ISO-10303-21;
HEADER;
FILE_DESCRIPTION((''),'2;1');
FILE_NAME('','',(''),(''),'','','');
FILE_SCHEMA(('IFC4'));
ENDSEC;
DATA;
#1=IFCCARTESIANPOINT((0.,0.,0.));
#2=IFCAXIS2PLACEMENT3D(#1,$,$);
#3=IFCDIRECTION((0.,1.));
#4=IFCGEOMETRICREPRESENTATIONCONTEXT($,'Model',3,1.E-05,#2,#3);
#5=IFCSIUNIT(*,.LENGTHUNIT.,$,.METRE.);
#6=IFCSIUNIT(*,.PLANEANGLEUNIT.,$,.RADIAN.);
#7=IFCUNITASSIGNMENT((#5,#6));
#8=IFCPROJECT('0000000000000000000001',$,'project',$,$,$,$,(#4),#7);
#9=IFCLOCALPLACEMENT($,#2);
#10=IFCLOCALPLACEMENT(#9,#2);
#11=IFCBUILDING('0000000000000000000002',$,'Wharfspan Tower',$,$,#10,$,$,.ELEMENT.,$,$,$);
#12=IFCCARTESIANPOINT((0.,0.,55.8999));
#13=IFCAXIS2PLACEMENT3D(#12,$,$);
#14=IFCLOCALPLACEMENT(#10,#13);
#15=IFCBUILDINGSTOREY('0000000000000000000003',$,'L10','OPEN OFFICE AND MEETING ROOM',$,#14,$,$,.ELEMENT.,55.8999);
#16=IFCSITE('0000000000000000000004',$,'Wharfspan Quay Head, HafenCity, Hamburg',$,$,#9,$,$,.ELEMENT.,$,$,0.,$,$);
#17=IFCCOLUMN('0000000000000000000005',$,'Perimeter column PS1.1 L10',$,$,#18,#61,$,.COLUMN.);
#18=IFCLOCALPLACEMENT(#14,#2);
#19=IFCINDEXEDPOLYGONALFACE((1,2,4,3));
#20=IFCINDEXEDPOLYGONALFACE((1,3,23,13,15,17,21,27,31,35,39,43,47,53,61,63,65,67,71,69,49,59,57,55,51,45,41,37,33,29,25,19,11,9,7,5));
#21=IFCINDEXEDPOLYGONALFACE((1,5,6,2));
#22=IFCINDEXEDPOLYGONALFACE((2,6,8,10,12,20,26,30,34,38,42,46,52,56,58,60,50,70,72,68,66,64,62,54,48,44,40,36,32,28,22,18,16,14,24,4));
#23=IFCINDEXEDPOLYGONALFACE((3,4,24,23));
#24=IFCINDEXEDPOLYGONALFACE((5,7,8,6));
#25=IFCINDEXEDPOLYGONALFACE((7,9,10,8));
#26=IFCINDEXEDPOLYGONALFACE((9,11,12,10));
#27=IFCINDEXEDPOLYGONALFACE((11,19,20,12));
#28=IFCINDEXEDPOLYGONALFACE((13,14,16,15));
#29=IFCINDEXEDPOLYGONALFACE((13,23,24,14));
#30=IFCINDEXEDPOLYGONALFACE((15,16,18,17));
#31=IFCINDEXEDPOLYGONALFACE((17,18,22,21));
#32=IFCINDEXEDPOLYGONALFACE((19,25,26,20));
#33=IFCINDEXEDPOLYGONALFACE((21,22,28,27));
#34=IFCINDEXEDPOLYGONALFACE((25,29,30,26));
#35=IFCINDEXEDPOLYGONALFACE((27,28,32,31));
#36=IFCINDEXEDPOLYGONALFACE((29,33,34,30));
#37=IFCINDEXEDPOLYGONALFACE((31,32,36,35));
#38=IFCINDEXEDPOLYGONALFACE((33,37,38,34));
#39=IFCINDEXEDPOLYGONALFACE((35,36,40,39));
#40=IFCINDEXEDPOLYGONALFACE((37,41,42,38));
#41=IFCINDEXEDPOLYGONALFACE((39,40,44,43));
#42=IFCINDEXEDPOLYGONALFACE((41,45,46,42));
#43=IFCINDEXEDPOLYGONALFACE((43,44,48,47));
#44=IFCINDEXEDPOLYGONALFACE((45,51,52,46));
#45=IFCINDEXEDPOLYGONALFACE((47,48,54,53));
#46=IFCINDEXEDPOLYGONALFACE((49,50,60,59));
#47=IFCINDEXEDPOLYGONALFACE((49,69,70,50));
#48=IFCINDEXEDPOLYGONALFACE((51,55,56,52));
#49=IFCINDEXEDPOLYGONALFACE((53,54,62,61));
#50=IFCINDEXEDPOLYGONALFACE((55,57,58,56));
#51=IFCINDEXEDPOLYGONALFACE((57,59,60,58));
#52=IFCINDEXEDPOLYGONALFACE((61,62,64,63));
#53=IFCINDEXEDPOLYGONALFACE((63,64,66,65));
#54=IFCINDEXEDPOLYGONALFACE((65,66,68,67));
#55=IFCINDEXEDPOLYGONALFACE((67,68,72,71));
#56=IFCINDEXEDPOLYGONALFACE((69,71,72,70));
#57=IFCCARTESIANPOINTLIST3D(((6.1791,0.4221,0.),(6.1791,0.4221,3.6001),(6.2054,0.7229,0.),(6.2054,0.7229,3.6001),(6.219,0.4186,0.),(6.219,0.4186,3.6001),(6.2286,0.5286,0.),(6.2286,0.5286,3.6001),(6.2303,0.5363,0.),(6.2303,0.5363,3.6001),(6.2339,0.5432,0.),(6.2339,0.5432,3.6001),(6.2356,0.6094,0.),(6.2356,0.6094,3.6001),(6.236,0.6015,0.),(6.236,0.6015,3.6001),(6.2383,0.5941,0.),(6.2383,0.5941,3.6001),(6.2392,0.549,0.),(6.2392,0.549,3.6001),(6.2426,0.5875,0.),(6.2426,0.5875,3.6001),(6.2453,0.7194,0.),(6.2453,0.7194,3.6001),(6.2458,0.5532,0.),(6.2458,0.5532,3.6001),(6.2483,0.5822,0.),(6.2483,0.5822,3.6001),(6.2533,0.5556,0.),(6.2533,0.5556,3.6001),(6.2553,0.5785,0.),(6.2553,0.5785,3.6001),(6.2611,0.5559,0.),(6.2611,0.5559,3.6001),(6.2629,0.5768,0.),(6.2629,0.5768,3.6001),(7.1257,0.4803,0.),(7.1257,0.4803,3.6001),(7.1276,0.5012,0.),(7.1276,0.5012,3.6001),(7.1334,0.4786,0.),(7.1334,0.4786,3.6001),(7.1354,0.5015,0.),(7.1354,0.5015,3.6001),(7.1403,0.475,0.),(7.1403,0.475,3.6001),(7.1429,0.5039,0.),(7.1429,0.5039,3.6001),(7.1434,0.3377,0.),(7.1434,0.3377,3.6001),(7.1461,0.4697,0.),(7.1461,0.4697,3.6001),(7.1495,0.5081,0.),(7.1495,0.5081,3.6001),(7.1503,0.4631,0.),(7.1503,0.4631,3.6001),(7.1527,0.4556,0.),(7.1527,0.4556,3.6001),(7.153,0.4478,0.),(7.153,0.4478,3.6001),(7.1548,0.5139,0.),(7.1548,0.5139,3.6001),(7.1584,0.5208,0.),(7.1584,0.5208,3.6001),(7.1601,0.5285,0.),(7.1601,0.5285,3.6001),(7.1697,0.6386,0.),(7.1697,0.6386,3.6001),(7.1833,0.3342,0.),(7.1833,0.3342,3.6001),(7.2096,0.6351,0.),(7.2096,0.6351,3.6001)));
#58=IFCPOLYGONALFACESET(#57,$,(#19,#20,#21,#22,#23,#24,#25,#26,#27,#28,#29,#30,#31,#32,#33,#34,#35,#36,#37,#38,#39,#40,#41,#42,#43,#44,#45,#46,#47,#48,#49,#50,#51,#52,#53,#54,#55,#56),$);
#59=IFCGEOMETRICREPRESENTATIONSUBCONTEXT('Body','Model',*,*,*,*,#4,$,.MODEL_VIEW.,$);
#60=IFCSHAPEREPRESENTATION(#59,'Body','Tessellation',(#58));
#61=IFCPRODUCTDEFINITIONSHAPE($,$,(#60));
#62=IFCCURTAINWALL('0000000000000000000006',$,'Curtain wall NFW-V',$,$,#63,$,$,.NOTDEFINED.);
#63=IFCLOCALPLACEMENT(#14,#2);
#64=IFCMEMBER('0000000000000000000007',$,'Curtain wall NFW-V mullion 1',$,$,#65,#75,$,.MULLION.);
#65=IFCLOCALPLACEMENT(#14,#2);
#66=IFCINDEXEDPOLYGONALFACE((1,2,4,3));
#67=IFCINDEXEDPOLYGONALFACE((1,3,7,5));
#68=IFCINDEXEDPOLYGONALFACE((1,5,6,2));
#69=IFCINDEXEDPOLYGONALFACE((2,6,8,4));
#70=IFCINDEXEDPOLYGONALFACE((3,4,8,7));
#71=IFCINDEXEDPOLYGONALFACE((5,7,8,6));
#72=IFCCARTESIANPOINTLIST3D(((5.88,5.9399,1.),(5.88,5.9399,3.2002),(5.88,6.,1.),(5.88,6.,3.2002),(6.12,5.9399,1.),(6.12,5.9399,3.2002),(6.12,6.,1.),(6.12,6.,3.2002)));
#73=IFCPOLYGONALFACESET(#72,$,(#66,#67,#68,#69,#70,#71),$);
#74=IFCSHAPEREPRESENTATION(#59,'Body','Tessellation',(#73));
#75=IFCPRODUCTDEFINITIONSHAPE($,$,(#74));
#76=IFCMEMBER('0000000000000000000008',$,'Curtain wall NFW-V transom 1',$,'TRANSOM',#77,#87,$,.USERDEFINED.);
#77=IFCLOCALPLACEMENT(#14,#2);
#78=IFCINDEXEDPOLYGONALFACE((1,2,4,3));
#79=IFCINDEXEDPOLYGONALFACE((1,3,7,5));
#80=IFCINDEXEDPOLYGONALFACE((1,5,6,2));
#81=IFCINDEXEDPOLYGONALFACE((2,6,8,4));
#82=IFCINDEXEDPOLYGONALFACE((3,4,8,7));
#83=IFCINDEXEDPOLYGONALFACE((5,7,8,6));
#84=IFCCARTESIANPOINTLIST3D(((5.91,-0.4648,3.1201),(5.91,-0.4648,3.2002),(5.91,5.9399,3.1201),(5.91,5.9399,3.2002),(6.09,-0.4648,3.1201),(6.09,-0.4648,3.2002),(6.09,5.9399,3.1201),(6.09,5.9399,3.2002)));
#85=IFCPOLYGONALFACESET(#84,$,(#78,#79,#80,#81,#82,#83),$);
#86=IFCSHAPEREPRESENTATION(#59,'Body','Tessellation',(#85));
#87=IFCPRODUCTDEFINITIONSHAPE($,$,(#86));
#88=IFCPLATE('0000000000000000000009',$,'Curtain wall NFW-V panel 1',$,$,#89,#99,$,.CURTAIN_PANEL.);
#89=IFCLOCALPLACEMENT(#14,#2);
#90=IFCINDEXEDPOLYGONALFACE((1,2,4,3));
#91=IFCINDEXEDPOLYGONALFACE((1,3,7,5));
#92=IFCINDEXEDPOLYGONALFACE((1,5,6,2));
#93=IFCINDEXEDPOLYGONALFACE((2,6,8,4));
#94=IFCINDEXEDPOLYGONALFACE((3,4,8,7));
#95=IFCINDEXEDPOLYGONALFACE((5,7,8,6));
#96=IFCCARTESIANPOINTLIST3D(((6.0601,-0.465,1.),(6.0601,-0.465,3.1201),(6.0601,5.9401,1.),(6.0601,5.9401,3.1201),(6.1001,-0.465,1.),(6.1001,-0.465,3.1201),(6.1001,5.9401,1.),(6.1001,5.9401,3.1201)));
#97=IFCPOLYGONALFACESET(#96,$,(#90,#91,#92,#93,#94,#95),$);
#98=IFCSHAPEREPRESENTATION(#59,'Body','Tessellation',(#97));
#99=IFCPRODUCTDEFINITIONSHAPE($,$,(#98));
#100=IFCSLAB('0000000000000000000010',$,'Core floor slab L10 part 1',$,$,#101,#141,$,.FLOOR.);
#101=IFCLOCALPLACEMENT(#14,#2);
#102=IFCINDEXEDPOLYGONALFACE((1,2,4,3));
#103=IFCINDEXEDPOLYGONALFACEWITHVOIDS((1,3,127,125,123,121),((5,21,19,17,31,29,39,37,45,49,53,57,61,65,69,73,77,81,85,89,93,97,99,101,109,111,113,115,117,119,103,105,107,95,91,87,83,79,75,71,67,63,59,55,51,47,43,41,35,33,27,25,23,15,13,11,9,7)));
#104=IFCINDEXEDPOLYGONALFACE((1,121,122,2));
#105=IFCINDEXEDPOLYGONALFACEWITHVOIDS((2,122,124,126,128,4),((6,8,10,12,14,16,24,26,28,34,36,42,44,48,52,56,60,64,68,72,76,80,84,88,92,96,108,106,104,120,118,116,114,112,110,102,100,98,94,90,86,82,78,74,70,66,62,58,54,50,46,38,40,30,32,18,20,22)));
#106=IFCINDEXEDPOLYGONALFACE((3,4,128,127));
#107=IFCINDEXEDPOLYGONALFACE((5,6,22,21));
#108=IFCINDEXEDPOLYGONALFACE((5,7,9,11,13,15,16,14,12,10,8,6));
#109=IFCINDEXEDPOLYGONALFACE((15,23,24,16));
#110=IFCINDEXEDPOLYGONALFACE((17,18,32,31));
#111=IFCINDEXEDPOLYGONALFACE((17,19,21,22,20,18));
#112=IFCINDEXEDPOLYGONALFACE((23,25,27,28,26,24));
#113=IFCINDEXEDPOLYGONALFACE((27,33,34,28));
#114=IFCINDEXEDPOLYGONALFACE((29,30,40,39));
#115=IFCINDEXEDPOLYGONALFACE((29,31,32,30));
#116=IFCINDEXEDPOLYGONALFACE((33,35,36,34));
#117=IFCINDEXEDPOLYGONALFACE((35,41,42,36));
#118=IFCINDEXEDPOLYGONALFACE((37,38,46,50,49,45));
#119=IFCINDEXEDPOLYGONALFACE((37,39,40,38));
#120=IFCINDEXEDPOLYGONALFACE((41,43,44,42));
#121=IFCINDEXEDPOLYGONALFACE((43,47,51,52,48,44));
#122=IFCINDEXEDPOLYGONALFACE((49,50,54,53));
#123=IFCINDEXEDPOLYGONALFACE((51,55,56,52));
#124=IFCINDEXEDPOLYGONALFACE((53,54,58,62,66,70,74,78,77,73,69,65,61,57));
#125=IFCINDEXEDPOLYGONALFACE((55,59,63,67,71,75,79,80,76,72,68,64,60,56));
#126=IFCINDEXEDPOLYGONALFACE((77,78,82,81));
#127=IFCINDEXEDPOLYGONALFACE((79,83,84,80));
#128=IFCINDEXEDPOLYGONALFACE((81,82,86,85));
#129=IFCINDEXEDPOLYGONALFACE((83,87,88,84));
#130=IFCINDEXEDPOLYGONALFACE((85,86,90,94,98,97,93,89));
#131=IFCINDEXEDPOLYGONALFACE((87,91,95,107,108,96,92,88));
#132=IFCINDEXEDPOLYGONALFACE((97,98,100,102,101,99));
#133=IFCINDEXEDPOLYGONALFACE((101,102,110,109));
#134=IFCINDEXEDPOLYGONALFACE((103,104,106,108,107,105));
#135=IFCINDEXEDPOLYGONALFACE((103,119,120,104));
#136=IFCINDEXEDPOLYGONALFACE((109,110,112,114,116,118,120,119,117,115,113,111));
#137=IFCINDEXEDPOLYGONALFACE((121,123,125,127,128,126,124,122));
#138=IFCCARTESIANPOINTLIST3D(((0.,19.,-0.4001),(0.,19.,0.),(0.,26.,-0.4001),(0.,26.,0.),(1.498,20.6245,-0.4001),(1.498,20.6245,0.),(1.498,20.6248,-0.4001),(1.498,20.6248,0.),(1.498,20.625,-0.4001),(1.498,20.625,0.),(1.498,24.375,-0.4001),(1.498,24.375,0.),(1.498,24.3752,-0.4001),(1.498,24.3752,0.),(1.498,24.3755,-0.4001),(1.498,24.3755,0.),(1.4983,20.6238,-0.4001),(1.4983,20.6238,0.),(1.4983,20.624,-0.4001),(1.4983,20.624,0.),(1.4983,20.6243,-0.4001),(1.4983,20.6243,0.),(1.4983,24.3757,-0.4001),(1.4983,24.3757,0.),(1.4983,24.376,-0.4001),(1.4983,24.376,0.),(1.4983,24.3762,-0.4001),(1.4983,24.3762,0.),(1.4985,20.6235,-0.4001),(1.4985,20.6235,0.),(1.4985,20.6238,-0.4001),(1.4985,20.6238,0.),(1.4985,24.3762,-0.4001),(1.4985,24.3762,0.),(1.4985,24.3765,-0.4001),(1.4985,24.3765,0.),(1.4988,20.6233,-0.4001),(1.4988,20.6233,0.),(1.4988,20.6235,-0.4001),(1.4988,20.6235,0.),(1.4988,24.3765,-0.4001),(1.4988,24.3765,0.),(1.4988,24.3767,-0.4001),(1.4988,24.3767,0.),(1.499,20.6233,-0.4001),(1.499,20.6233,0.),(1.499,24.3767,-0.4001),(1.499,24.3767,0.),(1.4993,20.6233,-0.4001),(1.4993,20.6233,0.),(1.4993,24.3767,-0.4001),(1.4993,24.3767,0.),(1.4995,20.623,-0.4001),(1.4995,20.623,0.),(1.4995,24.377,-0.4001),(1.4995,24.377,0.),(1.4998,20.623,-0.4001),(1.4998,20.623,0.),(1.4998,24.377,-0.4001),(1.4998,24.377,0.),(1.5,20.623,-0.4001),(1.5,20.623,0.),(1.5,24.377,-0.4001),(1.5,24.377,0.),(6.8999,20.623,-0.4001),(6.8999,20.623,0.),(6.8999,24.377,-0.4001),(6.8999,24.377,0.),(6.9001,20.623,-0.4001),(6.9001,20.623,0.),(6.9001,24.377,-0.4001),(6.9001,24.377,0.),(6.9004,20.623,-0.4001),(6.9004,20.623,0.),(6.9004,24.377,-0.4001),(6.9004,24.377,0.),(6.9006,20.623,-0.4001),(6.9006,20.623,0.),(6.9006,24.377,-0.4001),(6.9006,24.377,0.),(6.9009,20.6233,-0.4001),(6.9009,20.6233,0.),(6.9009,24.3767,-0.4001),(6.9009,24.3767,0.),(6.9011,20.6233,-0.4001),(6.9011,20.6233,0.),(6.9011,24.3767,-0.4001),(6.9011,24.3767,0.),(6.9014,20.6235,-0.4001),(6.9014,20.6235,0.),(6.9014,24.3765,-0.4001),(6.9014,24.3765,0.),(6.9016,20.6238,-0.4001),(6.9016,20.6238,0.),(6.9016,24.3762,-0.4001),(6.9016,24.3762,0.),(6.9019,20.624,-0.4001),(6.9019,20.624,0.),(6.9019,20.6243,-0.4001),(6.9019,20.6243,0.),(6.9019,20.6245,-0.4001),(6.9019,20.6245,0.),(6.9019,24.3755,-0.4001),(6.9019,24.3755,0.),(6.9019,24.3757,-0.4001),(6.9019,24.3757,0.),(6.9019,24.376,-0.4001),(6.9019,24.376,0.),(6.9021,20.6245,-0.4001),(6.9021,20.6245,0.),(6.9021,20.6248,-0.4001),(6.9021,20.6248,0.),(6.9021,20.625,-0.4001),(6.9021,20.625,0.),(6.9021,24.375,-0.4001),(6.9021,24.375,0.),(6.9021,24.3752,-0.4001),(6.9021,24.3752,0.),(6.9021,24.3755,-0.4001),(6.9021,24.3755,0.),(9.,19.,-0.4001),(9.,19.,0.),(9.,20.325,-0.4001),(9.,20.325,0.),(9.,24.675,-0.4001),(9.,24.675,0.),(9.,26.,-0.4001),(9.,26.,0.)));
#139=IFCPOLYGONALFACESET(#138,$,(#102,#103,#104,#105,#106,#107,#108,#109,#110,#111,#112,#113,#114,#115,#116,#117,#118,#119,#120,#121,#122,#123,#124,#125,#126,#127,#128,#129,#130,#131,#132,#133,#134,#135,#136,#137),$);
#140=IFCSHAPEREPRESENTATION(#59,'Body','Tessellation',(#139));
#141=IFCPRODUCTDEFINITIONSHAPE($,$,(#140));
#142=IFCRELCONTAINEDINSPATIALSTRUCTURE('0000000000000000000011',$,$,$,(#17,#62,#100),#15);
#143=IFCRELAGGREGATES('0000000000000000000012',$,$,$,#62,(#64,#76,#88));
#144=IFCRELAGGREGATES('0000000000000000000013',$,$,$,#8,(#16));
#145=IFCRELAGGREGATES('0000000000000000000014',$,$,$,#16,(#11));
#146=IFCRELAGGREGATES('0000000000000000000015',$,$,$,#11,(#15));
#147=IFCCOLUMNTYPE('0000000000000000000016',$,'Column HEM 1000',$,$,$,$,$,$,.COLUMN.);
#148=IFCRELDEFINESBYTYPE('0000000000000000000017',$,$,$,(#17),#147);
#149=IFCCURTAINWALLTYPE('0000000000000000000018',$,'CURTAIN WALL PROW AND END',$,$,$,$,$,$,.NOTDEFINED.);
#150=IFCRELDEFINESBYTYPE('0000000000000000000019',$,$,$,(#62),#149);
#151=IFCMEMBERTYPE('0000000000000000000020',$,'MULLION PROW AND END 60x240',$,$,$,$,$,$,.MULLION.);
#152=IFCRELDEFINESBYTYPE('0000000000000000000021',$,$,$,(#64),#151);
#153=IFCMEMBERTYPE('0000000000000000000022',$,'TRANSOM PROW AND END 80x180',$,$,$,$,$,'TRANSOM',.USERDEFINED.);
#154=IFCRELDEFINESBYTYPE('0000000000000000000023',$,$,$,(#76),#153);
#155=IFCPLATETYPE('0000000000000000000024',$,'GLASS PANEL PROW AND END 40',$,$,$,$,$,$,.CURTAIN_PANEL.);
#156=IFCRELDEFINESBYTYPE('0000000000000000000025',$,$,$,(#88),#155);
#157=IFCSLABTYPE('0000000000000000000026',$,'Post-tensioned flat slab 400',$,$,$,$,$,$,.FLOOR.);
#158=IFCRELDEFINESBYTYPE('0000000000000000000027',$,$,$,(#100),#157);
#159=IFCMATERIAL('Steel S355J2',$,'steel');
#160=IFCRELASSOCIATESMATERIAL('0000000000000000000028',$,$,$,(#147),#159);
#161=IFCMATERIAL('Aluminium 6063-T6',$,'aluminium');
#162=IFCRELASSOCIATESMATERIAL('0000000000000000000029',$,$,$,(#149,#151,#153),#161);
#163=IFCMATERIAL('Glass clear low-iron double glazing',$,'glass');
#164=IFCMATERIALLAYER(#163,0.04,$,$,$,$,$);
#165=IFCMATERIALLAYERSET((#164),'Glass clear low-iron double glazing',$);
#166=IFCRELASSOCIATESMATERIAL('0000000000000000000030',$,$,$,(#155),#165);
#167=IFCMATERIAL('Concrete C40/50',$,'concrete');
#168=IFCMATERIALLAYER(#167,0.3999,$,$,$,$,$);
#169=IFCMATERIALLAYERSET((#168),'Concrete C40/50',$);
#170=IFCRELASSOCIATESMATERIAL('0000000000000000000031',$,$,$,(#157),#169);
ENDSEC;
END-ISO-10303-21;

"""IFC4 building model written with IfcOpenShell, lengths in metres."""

from ifc_helpers import new_model, si_unit, direction, frame, origin, origin_2d, place, context, subcontext, project, spatial, polyline, rectangle, i_section, outline, extrude, material, layer, layer_set, material_profile, profile_set, type_object, element, aggregate, save


model = new_model("IFC4")

# Units and contexts
model_context = context("Model", 3, precision=1e-05, world=origin(), true_north=direction((0.0, 1.0)))
body_context = subcontext(model_context, "Body", "Model", "MODEL_VIEW")
ifc_project = project(units=[si_unit("LENGTHUNIT", "METRE"), si_unit("PLANEANGLEUNIT", "RADIAN")], contexts=[model_context])

# Site, building, storey
site_placement = place(None, origin())
site = spatial("IfcSite", under=ifc_project, at=site_placement, Name="Wharfspan Quay Head, HafenCity, Hamburg", CompositionType="ELEMENT", RefElevation=0.0)
building_placement = place(site_placement, origin())
building = spatial("IfcBuilding", under=site, at=building_placement, Name="Wharfspan Tower", CompositionType="ELEMENT")
storey_placement = place(building_placement, frame((0.0, 0.0, 55.8999)))
storey = spatial("IfcBuildingStorey", under=building, at=storey_placement, Name="L10", Description="OPEN OFFICE AND MEETING ROOM", CompositionType="ELEMENT", Elevation=55.8999)

# Column
ifc_material_1 = material(Name="Steel S355J2", Category="steel")
ifc_material_profile_1 = material_profile(ifc_material_1, i_section(OverallWidth=0.302, OverallDepth=1.0081, WebThickness=0.021, FlangeThickness=0.04, FilletRadius=0.03, at=origin_2d()))
ifc_profile_set_1 = profile_set([ifc_material_profile_1], Name="Steel S355J2")
column_type = type_object("IfcColumnType", Name="Column HEM 1000", PredefinedType="COLUMN", material=ifc_profile_set_1)
column_placement = place(storey_placement, frame((6.6943, 0.5286, 0.0), z_axis=(0.0, 0.0, 1.0), x_axis=(-0.087156, -0.996198, 0.0)))
element("IfcColumn", 1, at=column_placement, inside=storey, type_object=column_type, Name="Perimeter column PS1.1 L10", PredefinedType="COLUMN", context=body_context, shape_type="SweptSolid", body=[
    extrude(i_section(OverallWidth=0.302, OverallDepth=1.0081, WebThickness=0.021, FlangeThickness=0.04, FilletRadius=0.03, at=origin_2d()), origin(), (0.0, 0.0, 1.0), 3.6001),
])

# Curtain wall, members, plate
ifc_material_2 = material(Name="Aluminium 6063-T6", Category="aluminium")
curtain_wall_type = type_object("IfcCurtainWallType", Name="CURTAIN WALL PROW AND END", PredefinedType="NOTDEFINED", material=ifc_material_2)
curtain_wall_placement = place(storey_placement, origin())
curtain_wall = element("IfcCurtainWall", 2, at=curtain_wall_placement, inside=storey, type_object=curtain_wall_type, Name="Curtain wall NFW-V", PredefinedType="NOTDEFINED")
ifc_material_profile_2 = material_profile(ifc_material_2, rectangle(XDim=0.24, YDim=0.0601, at=origin_2d()))
ifc_profile_set_2 = profile_set([ifc_material_profile_2], Name="Aluminium 6063-T6")
member_type_1 = type_object("IfcMemberType", Name="MULLION PROW AND END 60x240", PredefinedType="MULLION", material=ifc_profile_set_2)
member_1_placement = place(storey_placement, frame((6.0, 5.97, 1.0), z_axis=(0.0, 0.0, 1.0), x_axis=(1.0, 0.0, 0.0)))
member_1 = element("IfcMember", 3, at=member_1_placement, type_object=member_type_1, Name="Curtain wall NFW-V mullion 1", PredefinedType="MULLION", context=body_context, shape_type="SweptSolid", body=[
    extrude(rectangle(XDim=0.24, YDim=0.0601, at=origin_2d()), origin(), (0.0, 0.0, 1.0), 2.2002),
])
ifc_material_profile_3 = material_profile(ifc_material_2, rectangle(XDim=0.1799, YDim=0.0801, at=origin_2d()))
ifc_profile_set_3 = profile_set([ifc_material_profile_3], Name="Aluminium 6063-T6")
member_type_2 = type_object("IfcMemberType", Name="TRANSOM PROW AND END 80x180", ElementType="TRANSOM", PredefinedType="USERDEFINED", material=ifc_profile_set_3)
member_2_placement = place(storey_placement, frame((6.0, 5.9399, 3.1602), z_axis=(0.0, -1.0, 0.0), x_axis=(1.0, 0.0, 0.0)))
member_2 = element("IfcMember", 4, at=member_2_placement, type_object=member_type_2, Name="Curtain wall NFW-V transom 1", ObjectType="TRANSOM", PredefinedType="USERDEFINED", context=body_context, shape_type="SweptSolid", body=[
    extrude(rectangle(XDim=0.1799, YDim=0.0801, at=origin_2d()), origin(), (0.0, 0.0, 1.0), 6.4048),
])
ifc_material_3 = material(Name="Glass clear low-iron double glazing", Category="glass")
ifc_layer_1 = layer(ifc_material_3, 0.04)
ifc_layer_set_1 = layer_set([ifc_layer_1], Name="Glass clear low-iron double glazing")
plate_type = type_object("IfcPlateType", Name="GLASS PANEL PROW AND END 40", PredefinedType="CURTAIN_PANEL", material=ifc_layer_set_1)
plate_placement = place(storey_placement, frame((6.0801, 2.7375, 1.0), z_axis=(0.0, 0.0, 1.0), x_axis=(0.0, -1.0, 0.0)))
plate = element("IfcPlate", 5, at=plate_placement, type_object=plate_type, Name="Curtain wall NFW-V panel 1", PredefinedType="CURTAIN_PANEL", context=body_context, shape_type="SweptSolid", body=[
    extrude(rectangle(XDim=6.405, YDim=0.04, at=origin_2d()), origin(), (0.0, 0.0, 1.0), 2.1201),
])
aggregate(curtain_wall, [member_1, member_2, plate])

# Slab
ifc_material_4 = material(Name="Concrete C40/50", Category="concrete")
ifc_layer_2 = layer(ifc_material_4, 0.3999)
ifc_layer_set_2 = layer_set([ifc_layer_2], Name="Concrete C40/50")
slab_type = type_object("IfcSlabType", Name="Post-tensioned flat slab 400", PredefinedType="FLOOR", material=ifc_layer_set_2)
slab_1_placement = place(storey_placement, frame((0.0, 0.0, -0.4001)))
element("IfcSlab", 6, at=slab_1_placement, inside=storey, type_object=slab_type, Name="Core floor slab L10 part 1", PredefinedType="FLOOR", context=body_context, shape_type="SweptSolid", body=[
    extrude(outline(polyline([(9.0, 20.325), (9.0, 24.675), (9.0, 26.0), (0.0, 26.0), (0.0, 19.0), (9.0, 19.0), (9.0, 20.325)]), holes=[polyline([(6.9021, 20.625), (6.9021, 20.6248), (6.9021, 20.6245), (6.9019, 20.6245), (6.9019, 20.6243), (6.9019, 20.624), (6.9016, 20.6238), (6.9016, 20.6238), (6.9014, 20.6235), (6.9014, 20.6235), (6.9011, 20.6233), (6.9009, 20.6233), (6.9009, 20.6233), (6.9006, 20.623), (6.9004, 20.623), (6.9001, 20.623), (6.8999, 20.623), (1.5, 20.623), (1.4998, 20.623), (1.4995, 20.623), (1.4995, 20.623), (1.4993, 20.6233), (1.499, 20.6233), (1.4988, 20.6233), (1.4988, 20.6235), (1.4985, 20.6235), (1.4985, 20.6238), (1.4983, 20.6238), (1.4983, 20.624), (1.4983, 20.6243), (1.498, 20.6245), (1.498, 20.6245), (1.498, 20.6248), (1.498, 20.625), (1.498, 24.375), (1.498, 24.3752), (1.498, 24.3755), (1.498, 24.3755), (1.4983, 24.3757), (1.4983, 24.376), (1.4983, 24.3762), (1.4985, 24.3762), (1.4985, 24.3765), (1.4988, 24.3765), (1.4988, 24.3767), (1.499, 24.3767), (1.4993, 24.3767), (1.4995, 24.377), (1.4995, 24.377), (1.4998, 24.377), (1.5, 24.377), (6.8999, 24.377), (6.9001, 24.377), (6.9004, 24.377), (6.9006, 24.377), (6.9009, 24.3767), (6.9009, 24.3767), (6.9011, 24.3767), (6.9014, 24.3765), (6.9014, 24.3765), (6.9016, 24.3762), (6.9016, 24.3762), (6.9019, 24.376), (6.9019, 24.3757), (6.9019, 24.3755), (6.9021, 24.3755), (6.9021, 24.3752), (6.9021, 24.375), (6.9021, 20.625)])]), origin(), (0.0, 0.0, 1.0), 0.4001),
])

save(model, "model.ifc")
